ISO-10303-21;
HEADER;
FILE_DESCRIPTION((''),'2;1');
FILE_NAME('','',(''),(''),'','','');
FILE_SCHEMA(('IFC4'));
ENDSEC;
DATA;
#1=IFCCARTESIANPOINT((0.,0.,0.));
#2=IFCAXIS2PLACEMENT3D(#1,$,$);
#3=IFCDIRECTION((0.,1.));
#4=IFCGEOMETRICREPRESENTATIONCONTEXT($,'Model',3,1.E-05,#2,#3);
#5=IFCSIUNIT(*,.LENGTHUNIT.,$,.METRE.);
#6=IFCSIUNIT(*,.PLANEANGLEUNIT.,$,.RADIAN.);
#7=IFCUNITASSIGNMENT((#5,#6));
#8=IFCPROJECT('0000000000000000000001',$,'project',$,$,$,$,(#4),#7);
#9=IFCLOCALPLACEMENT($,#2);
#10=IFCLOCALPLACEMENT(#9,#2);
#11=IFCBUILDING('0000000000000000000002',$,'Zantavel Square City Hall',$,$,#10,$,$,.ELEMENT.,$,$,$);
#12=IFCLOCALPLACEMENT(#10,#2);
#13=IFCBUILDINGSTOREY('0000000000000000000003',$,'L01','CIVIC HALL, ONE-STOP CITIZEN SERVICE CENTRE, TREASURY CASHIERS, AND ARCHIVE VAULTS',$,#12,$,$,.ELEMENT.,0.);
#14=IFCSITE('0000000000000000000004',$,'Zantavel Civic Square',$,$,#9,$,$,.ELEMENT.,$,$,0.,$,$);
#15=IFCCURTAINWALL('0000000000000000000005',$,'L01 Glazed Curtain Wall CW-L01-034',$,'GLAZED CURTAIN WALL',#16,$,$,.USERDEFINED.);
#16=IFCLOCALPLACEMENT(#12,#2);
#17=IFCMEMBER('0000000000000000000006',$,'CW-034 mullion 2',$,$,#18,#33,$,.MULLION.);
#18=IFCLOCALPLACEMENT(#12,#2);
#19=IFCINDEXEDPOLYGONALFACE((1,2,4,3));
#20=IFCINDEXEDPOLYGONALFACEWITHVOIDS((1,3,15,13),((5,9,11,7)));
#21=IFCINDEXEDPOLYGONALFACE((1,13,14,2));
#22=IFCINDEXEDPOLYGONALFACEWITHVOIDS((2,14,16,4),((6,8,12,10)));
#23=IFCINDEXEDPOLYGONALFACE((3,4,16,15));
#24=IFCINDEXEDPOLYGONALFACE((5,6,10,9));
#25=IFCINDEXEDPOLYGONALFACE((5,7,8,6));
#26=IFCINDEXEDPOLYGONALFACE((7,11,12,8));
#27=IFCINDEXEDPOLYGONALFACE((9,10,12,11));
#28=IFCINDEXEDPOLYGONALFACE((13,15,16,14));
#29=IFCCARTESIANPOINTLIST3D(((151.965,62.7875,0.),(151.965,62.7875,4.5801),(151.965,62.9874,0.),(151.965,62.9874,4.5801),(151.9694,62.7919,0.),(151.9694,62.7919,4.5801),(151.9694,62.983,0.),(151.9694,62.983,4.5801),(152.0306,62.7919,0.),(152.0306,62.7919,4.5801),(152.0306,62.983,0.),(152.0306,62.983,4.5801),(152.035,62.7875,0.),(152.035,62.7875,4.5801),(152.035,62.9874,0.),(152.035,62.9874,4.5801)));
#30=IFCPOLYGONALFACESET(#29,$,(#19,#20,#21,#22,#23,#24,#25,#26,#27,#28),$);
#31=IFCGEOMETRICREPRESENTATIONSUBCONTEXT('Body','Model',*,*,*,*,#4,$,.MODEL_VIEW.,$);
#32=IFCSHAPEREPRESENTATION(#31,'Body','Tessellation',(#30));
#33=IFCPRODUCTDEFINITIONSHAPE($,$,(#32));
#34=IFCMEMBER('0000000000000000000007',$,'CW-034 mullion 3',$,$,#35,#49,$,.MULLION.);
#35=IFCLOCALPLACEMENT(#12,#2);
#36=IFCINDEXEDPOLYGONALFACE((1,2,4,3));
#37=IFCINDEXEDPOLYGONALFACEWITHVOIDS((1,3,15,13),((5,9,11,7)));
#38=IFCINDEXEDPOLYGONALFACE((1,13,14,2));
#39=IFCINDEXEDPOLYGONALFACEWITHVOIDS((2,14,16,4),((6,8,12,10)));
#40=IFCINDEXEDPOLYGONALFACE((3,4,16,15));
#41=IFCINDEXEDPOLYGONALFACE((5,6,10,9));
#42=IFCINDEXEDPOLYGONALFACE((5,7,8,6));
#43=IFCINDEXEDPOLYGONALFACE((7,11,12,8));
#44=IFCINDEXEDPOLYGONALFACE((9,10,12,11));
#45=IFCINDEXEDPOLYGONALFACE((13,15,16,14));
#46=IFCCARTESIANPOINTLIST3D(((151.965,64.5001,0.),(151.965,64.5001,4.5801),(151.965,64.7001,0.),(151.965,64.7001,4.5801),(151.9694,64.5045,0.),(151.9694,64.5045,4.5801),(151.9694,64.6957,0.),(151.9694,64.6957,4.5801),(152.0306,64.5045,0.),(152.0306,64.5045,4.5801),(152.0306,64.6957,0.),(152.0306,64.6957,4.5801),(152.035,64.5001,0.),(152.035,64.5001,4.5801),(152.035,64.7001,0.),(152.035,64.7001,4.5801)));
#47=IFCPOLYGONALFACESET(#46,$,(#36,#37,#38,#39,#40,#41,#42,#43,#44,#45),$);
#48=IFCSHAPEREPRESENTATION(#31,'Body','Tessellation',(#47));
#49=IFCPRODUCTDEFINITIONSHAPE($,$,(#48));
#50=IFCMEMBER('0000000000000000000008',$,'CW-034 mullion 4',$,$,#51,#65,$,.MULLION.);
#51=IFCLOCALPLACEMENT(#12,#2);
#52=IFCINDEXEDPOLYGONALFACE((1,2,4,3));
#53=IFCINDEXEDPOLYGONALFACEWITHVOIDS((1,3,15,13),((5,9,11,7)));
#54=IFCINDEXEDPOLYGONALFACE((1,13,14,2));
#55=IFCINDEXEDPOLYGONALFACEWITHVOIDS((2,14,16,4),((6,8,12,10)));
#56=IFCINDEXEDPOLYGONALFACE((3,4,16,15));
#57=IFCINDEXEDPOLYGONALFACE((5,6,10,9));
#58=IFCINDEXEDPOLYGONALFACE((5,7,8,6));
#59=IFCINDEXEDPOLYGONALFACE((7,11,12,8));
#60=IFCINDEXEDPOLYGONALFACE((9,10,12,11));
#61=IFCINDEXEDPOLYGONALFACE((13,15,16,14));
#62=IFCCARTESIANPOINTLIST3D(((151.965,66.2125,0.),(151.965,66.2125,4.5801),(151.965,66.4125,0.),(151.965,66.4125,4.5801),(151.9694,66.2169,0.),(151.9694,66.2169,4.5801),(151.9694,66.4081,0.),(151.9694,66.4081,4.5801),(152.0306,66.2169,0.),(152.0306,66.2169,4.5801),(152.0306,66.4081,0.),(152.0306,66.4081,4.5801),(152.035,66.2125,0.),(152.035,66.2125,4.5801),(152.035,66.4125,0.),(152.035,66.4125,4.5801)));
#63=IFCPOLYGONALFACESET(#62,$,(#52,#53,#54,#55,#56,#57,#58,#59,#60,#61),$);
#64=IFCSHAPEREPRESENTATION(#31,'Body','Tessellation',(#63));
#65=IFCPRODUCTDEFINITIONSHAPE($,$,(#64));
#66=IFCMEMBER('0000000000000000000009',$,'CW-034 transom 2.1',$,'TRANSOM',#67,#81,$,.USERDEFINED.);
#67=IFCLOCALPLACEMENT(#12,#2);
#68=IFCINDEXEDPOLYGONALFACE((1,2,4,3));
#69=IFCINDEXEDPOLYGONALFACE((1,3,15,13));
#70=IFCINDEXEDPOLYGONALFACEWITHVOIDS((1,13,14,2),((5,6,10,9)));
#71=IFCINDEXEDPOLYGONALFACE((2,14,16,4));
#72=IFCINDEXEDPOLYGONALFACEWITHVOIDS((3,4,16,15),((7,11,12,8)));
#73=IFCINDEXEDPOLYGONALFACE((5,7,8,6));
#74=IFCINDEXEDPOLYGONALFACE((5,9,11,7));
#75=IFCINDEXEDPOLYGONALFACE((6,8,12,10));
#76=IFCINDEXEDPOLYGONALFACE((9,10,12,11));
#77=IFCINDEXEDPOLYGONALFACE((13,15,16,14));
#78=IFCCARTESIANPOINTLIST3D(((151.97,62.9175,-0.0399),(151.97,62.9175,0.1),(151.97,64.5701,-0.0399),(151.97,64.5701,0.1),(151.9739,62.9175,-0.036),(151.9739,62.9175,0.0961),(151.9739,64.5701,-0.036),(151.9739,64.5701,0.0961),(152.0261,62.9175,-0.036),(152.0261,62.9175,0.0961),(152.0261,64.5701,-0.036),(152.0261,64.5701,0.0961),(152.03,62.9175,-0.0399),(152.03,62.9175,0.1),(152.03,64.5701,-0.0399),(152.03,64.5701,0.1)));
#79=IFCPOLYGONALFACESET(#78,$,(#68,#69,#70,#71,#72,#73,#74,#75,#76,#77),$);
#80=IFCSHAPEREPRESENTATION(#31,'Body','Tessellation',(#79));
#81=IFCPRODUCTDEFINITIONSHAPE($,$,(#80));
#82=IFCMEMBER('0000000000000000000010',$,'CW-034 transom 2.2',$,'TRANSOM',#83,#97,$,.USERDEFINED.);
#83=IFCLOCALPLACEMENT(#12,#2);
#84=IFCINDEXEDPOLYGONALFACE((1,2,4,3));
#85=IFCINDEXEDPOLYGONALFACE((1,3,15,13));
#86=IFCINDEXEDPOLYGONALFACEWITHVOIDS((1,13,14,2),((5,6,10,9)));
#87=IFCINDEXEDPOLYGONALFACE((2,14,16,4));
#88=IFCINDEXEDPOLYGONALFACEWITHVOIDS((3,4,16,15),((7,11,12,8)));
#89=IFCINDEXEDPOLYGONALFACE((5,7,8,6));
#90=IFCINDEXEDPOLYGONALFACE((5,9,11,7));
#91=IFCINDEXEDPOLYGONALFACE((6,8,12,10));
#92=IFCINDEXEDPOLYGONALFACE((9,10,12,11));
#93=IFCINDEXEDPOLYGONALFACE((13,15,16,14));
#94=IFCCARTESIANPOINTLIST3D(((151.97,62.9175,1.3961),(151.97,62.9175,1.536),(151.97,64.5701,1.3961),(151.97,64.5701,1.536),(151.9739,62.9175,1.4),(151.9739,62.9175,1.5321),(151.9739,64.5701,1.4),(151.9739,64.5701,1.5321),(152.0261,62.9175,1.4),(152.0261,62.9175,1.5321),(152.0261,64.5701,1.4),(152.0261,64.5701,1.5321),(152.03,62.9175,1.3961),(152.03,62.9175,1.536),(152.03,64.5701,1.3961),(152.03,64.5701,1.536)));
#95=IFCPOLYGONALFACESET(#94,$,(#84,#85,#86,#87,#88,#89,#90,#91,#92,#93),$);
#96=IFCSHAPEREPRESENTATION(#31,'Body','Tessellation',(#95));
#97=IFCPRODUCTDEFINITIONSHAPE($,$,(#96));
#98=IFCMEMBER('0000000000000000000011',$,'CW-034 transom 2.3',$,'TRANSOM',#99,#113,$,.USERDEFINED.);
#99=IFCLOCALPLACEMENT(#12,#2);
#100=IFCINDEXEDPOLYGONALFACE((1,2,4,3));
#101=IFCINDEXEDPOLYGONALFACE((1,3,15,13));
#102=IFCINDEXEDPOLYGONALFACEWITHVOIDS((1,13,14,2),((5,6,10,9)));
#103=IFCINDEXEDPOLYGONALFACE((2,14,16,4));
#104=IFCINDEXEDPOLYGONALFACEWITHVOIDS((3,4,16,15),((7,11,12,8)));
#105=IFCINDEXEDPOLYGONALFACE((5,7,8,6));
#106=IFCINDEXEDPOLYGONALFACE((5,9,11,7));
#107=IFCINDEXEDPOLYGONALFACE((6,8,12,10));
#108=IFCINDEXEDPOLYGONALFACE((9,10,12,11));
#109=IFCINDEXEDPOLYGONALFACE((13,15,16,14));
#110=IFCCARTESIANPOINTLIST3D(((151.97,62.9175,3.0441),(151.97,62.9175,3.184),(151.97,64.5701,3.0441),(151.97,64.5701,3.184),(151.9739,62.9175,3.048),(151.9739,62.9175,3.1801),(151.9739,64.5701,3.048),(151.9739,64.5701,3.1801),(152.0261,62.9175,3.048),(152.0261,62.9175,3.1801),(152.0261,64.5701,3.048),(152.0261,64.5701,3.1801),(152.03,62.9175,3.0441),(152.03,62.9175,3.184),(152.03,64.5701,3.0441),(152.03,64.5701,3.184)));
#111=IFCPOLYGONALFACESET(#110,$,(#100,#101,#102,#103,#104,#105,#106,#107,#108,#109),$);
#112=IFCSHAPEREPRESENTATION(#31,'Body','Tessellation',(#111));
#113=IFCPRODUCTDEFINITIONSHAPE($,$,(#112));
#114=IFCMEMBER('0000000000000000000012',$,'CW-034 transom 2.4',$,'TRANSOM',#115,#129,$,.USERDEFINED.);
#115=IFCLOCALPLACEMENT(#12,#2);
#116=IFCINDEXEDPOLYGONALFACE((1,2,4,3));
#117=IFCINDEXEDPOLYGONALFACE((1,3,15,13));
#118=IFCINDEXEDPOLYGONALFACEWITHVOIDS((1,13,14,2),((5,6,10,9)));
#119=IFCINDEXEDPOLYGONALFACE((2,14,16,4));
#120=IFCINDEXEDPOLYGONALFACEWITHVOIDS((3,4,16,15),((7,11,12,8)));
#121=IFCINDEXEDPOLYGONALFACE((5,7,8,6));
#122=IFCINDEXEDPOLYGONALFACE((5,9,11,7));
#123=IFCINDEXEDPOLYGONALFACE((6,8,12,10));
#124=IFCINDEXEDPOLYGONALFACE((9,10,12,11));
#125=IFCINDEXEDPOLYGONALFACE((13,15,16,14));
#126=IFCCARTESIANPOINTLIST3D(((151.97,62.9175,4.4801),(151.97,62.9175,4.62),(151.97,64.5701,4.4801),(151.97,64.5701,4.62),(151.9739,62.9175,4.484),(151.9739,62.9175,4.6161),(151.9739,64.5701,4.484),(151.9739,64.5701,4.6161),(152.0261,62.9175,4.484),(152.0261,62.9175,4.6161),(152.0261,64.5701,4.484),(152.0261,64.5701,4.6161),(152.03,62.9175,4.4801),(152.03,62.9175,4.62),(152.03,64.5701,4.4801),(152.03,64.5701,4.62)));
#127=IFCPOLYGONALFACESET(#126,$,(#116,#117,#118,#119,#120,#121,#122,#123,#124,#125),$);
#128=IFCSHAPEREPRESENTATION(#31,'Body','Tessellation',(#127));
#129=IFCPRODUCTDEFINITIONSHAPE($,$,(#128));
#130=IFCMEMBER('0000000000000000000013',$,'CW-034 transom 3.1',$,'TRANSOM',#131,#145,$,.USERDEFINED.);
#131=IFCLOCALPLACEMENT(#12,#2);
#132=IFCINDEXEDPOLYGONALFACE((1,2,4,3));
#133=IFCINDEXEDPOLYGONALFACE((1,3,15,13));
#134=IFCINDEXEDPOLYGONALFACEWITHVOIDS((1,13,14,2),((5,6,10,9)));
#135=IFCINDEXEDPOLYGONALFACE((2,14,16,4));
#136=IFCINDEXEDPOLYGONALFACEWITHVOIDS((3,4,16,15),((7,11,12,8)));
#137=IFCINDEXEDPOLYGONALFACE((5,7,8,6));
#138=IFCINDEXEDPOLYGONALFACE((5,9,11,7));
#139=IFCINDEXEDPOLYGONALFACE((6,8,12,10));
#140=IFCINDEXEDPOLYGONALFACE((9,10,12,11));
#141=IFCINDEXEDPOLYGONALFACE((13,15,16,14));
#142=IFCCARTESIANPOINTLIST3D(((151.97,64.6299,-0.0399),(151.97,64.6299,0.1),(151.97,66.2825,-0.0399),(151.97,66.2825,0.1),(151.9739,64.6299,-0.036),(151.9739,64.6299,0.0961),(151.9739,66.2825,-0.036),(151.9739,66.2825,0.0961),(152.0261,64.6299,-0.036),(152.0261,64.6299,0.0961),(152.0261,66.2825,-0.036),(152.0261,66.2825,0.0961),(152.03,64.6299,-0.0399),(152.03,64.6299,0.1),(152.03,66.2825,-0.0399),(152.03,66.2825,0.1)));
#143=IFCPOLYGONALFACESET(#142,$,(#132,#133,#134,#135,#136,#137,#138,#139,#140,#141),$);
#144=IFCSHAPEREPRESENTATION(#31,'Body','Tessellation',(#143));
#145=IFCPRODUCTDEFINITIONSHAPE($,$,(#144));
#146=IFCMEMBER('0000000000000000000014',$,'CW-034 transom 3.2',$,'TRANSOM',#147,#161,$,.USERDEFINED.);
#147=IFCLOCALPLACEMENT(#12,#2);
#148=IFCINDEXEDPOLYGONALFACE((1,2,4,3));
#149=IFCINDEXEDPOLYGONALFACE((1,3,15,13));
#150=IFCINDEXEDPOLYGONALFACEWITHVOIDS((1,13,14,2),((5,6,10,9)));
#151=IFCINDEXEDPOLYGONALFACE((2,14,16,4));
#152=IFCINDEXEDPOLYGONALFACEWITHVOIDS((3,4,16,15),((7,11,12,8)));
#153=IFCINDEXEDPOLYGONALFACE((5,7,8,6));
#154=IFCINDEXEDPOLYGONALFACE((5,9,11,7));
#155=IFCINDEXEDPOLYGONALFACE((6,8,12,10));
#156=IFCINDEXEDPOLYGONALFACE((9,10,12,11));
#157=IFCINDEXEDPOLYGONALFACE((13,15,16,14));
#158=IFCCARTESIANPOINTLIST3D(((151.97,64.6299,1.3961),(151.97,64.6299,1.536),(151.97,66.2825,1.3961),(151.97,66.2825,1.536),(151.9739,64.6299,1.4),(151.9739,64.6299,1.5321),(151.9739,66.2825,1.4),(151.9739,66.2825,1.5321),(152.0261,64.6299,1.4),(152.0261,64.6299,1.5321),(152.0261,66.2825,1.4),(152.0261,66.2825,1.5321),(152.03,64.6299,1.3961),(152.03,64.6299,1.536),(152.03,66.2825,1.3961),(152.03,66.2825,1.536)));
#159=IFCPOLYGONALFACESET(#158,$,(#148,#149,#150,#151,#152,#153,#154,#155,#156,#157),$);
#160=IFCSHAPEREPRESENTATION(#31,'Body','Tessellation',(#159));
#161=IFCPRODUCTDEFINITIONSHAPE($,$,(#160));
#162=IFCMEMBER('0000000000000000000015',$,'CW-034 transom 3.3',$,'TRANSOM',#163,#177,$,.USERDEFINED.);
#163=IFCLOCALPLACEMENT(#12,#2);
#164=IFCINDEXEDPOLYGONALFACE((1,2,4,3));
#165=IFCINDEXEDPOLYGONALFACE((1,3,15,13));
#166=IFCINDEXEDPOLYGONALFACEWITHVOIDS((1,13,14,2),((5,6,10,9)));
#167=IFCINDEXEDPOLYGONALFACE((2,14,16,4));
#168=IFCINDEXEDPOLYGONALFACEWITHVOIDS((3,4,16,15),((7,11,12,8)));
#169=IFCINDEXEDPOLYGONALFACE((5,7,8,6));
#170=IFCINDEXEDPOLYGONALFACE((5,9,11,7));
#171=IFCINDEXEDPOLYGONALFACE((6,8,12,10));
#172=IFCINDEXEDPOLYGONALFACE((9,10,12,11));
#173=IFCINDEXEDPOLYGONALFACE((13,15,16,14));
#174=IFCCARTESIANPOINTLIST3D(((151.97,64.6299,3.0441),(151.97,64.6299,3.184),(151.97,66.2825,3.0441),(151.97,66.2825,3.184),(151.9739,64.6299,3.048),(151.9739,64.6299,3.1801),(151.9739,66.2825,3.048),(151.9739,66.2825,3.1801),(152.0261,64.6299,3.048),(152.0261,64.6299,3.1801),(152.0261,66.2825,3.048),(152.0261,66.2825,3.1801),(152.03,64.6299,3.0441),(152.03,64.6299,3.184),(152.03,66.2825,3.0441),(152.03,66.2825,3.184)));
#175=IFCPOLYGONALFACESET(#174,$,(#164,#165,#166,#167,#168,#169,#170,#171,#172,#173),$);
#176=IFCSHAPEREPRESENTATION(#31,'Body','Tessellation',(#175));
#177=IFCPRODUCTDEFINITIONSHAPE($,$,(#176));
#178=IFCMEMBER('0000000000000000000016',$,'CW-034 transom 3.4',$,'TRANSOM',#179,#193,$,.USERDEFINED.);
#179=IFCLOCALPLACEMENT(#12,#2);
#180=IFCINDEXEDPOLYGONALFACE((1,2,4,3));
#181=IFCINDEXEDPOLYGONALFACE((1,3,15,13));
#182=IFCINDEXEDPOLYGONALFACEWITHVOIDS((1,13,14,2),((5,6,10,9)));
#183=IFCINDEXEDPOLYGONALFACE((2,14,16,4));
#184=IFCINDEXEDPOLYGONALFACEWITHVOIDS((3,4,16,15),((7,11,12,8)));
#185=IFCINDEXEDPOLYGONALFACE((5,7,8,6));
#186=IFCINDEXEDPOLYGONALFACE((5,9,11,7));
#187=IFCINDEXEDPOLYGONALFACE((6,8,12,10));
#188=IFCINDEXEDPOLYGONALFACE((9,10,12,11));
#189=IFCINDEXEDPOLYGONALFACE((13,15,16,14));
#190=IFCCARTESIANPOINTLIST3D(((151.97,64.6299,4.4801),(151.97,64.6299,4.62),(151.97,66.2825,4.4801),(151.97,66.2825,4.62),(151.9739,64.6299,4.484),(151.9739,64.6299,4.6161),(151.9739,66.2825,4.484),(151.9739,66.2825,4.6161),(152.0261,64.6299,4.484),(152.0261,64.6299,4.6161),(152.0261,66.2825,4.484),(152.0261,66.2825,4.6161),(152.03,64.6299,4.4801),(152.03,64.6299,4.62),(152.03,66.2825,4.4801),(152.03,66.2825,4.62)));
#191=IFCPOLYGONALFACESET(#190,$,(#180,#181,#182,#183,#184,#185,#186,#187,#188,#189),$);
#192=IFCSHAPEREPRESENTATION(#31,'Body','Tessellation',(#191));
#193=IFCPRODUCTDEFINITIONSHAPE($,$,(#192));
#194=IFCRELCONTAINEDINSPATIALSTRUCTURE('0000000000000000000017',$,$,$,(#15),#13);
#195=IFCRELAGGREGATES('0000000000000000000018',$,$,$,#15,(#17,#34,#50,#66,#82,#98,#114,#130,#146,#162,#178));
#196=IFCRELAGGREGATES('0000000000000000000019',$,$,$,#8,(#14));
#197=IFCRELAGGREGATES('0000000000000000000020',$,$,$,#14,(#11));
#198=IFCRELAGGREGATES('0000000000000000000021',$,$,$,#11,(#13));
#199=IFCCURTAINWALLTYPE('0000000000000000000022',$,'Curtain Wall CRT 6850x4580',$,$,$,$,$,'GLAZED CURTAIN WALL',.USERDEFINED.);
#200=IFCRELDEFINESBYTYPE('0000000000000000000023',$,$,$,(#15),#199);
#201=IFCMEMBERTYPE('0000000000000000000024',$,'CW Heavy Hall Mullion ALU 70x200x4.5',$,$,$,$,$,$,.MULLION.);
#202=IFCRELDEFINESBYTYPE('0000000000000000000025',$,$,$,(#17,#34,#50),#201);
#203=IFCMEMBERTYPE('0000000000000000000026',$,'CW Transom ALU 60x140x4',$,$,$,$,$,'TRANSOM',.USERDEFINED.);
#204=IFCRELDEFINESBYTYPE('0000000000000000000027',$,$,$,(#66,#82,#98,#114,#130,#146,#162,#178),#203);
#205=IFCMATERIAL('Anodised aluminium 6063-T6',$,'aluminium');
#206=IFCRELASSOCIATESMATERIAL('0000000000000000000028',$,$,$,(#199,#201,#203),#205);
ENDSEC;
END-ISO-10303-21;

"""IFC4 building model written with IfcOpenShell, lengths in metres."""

from ifc_helpers import new_model, si_unit, direction, frame, origin, origin_2d, place, context, subcontext, project, spatial, hollow_rectangle, extrude, material, material_profile, profile_set, type_object, element, aggregate, save


model = new_model("IFC4")

# Units and contexts
model_context = context("Model", 3, precision=1e-05, world=origin(), true_north=direction((0.0, 1.0)))
body_context = subcontext(model_context, "Body", "Model", "MODEL_VIEW")
ifc_project = project(units=[si_unit("LENGTHUNIT", "METRE"), si_unit("PLANEANGLEUNIT", "RADIAN")], contexts=[model_context])

# Site, building, storey
site_placement = place(None, origin())
site = spatial("IfcSite", under=ifc_project, at=site_placement, Name="Zantavel Civic Square", CompositionType="ELEMENT", RefElevation=0.0)
building_placement = place(site_placement, origin())
building = spatial("IfcBuilding", under=site, at=building_placement, Name="Zantavel Square City Hall", CompositionType="ELEMENT")
storey_placement = place(building_placement, origin())
storey = spatial("IfcBuildingStorey", under=building, at=storey_placement, Name="L01", Description="CIVIC HALL, ONE-STOP CITIZEN SERVICE CENTRE, TREASURY CASHIERS, AND ARCHIVE VAULTS", CompositionType="ELEMENT", Elevation=0.0)

# Curtain wall, members
ifc_material_1 = material(Name="Anodised aluminium 6063-T6", Category="aluminium")
curtain_wall_type = type_object("IfcCurtainWallType", Name="Curtain Wall CRT 6850x4580", ElementType="GLAZED CURTAIN WALL", PredefinedType="USERDEFINED", material=ifc_material_1)
curtain_wall_placement = place(storey_placement, origin())
curtain_wall = element("IfcCurtainWall", 1, at=curtain_wall_placement, inside=storey, type_object=curtain_wall_type, Name="L01 Glazed Curtain Wall CW-L01-034", ObjectType="GLAZED CURTAIN WALL", PredefinedType="USERDEFINED")
ifc_material_profile_1 = material_profile(ifc_material_1, hollow_rectangle(XDim=0.0701, YDim=0.2, WallThickness=0.0044, at=origin_2d()), Name="ALU 70x200x4.5")
ifc_profile_set_1 = profile_set([ifc_material_profile_1], Name="Anodised aluminium 6063-T6")
member_type_1 = type_object("IfcMemberType", Name="CW Heavy Hall Mullion ALU 70x200x4.5", PredefinedType="MULLION", material=ifc_profile_set_1)
member_1_placement = place(storey_placement, frame((152.0, 62.8875, 0.0), z_axis=(0.0, 0.0, 1.0), x_axis=(-1.0, 0.0, 0.0)))
member_1 = element("IfcMember", 2, at=member_1_placement, type_object=member_type_1, Name="CW-034 mullion 2", PredefinedType="MULLION", context=body_context, shape_type="SweptSolid", body=[
    extrude(hollow_rectangle(XDim=0.0701, YDim=0.2, WallThickness=0.0044, at=origin_2d()), origin(), (0.0, 0.0, 1.0), 4.5801),
])
member_2_placement = place(storey_placement, frame((152.0, 64.6001, 0.0), z_axis=(0.0, 0.0, 1.0), x_axis=(-1.0, 0.0, 0.0)))
member_2 = element("IfcMember", 3, at=member_2_placement, type_object=member_type_1, Name="CW-034 mullion 3", PredefinedType="MULLION", context=body_context, shape_type="SweptSolid", body=[
    extrude(hollow_rectangle(XDim=0.0701, YDim=0.2, WallThickness=0.0044, at=origin_2d()), origin(), (0.0, 0.0, 1.0), 4.5801),
])
member_3_placement = place(storey_placement, frame((152.0, 66.3125, 0.0), z_axis=(0.0, 0.0, 1.0), x_axis=(-1.0, 0.0, 0.0)))
member_3 = element("IfcMember", 4, at=member_3_placement, type_object=member_type_1, Name="CW-034 mullion 4", PredefinedType="MULLION", context=body_context, shape_type="SweptSolid", body=[
    extrude(hollow_rectangle(XDim=0.0701, YDim=0.2, WallThickness=0.0044, at=origin_2d()), origin(), (0.0, 0.0, 1.0), 4.5801),
])
ifc_material_profile_2 = material_profile(ifc_material_1, hollow_rectangle(XDim=0.0601, YDim=0.1399, WallThickness=0.0039, at=origin_2d()), Name="ALU 60x140x4")
ifc_profile_set_2 = profile_set([ifc_material_profile_2], Name="Anodised aluminium 6063-T6")
member_type_2 = type_object("IfcMemberType", Name="CW Transom ALU 60x140x4", ElementType="TRANSOM", PredefinedType="USERDEFINED", material=ifc_profile_set_2)
member_4_placement = place(storey_placement, frame((152.0, 62.9175, 0.03), z_axis=(0.0, 1.0, 0.0), x_axis=(-1.0, 0.0, 0.0)))
member_4 = element("IfcMember", 5, at=member_4_placement, type_object=member_type_2, Name="CW-034 transom 2.1", ObjectType="TRANSOM", PredefinedType="USERDEFINED", context=body_context, shape_type="SweptSolid", body=[
    extrude(hollow_rectangle(XDim=0.0601, YDim=0.1399, WallThickness=0.0039, at=origin_2d()), origin(), (0.0, 0.0, 1.0), 1.6526),
])
member_5_placement = place(storey_placement, frame((152.0, 62.9175, 1.4661), z_axis=(0.0, 1.0, 0.0), x_axis=(-1.0, 0.0, 0.0)))
member_5 = element("IfcMember", 6, at=member_5_placement, type_object=member_type_2, Name="CW-034 transom 2.2", ObjectType="TRANSOM", PredefinedType="USERDEFINED", context=body_context, shape_type="SweptSolid", body=[
    extrude(hollow_rectangle(XDim=0.0601, YDim=0.1399, WallThickness=0.0039, at=origin_2d()), origin(), (0.0, 0.0, 1.0), 1.6526),
])
member_6_placement = place(storey_placement, frame((152.0, 62.9175, 3.114), z_axis=(0.0, 1.0, 0.0), x_axis=(-1.0, 0.0, 0.0)))
member_6 = element("IfcMember", 7, at=member_6_placement, type_object=member_type_2, Name="CW-034 transom 2.3", ObjectType="TRANSOM", PredefinedType="USERDEFINED", context=body_context, shape_type="SweptSolid", body=[
    extrude(hollow_rectangle(XDim=0.0601, YDim=0.1399, WallThickness=0.0039, at=origin_2d()), origin(), (0.0, 0.0, 1.0), 1.6526),
])
member_7_placement = place(storey_placement, frame((152.0, 62.9175, 4.55), z_axis=(0.0, 1.0, 0.0), x_axis=(-1.0, 0.0, 0.0)))
member_7 = element("IfcMember", 8, at=member_7_placement, type_object=member_type_2, Name="CW-034 transom 2.4", ObjectType="TRANSOM", PredefinedType="USERDEFINED", context=body_context, shape_type="SweptSolid", body=[
    extrude(hollow_rectangle(XDim=0.0601, YDim=0.1399, WallThickness=0.0039, at=origin_2d()), origin(), (0.0, 0.0, 1.0), 1.6526),
])
member_8_placement = place(storey_placement, frame((152.0, 64.6299, 0.03), z_axis=(0.0, 1.0, 0.0), x_axis=(-1.0, 0.0, 0.0)))
member_8 = element("IfcMember", 9, at=member_8_placement, type_object=member_type_2, Name="CW-034 transom 3.1", ObjectType="TRANSOM", PredefinedType="USERDEFINED", context=body_context, shape_type="SweptSolid", body=[
    extrude(hollow_rectangle(XDim=0.0601, YDim=0.1399, WallThickness=0.0039, at=origin_2d()), origin(), (0.0, 0.0, 1.0), 1.6526),
])
member_9_placement = place(storey_placement, frame((152.0, 64.6299, 1.4661), z_axis=(0.0, 1.0, 0.0), x_axis=(-1.0, 0.0, 0.0)))
member_9 = element("IfcMember", 10, at=member_9_placement, type_object=member_type_2, Name="CW-034 transom 3.2", ObjectType="TRANSOM", PredefinedType="USERDEFINED", context=body_context, shape_type="SweptSolid", body=[
    extrude(hollow_rectangle(XDim=0.0601, YDim=0.1399, WallThickness=0.0039, at=origin_2d()), origin(), (0.0, 0.0, 1.0), 1.6526),
])
member_10_placement = place(storey_placement, frame((152.0, 64.6299, 3.114), z_axis=(0.0, 1.0, 0.0), x_axis=(-1.0, 0.0, 0.0)))
member_10 = element("IfcMember", 11, at=member_10_placement, type_object=member_type_2, Name="CW-034 transom 3.3", ObjectType="TRANSOM", PredefinedType="USERDEFINED", context=body_context, shape_type="SweptSolid", body=[
    extrude(hollow_rectangle(XDim=0.0601, YDim=0.1399, WallThickness=0.0039, at=origin_2d()), origin(), (0.0, 0.0, 1.0), 1.6526),
])
member_11_placement = place(storey_placement, frame((152.0, 64.6299, 4.55), z_axis=(0.0, 1.0, 0.0), x_axis=(-1.0, 0.0, 0.0)))
member_11 = element("IfcMember", 12, at=member_11_placement, type_object=member_type_2, Name="CW-034 transom 3.4", ObjectType="TRANSOM", PredefinedType="USERDEFINED", context=body_context, shape_type="SweptSolid", body=[
    extrude(hollow_rectangle(XDim=0.0601, YDim=0.1399, WallThickness=0.0039, at=origin_2d()), origin(), (0.0, 0.0, 1.0), 1.6526),
])
aggregate(curtain_wall, [member_1, member_2, member_3, member_4, member_5, member_6, member_7, member_8, member_9, member_10, member_11])

save(model, "model.ifc")
